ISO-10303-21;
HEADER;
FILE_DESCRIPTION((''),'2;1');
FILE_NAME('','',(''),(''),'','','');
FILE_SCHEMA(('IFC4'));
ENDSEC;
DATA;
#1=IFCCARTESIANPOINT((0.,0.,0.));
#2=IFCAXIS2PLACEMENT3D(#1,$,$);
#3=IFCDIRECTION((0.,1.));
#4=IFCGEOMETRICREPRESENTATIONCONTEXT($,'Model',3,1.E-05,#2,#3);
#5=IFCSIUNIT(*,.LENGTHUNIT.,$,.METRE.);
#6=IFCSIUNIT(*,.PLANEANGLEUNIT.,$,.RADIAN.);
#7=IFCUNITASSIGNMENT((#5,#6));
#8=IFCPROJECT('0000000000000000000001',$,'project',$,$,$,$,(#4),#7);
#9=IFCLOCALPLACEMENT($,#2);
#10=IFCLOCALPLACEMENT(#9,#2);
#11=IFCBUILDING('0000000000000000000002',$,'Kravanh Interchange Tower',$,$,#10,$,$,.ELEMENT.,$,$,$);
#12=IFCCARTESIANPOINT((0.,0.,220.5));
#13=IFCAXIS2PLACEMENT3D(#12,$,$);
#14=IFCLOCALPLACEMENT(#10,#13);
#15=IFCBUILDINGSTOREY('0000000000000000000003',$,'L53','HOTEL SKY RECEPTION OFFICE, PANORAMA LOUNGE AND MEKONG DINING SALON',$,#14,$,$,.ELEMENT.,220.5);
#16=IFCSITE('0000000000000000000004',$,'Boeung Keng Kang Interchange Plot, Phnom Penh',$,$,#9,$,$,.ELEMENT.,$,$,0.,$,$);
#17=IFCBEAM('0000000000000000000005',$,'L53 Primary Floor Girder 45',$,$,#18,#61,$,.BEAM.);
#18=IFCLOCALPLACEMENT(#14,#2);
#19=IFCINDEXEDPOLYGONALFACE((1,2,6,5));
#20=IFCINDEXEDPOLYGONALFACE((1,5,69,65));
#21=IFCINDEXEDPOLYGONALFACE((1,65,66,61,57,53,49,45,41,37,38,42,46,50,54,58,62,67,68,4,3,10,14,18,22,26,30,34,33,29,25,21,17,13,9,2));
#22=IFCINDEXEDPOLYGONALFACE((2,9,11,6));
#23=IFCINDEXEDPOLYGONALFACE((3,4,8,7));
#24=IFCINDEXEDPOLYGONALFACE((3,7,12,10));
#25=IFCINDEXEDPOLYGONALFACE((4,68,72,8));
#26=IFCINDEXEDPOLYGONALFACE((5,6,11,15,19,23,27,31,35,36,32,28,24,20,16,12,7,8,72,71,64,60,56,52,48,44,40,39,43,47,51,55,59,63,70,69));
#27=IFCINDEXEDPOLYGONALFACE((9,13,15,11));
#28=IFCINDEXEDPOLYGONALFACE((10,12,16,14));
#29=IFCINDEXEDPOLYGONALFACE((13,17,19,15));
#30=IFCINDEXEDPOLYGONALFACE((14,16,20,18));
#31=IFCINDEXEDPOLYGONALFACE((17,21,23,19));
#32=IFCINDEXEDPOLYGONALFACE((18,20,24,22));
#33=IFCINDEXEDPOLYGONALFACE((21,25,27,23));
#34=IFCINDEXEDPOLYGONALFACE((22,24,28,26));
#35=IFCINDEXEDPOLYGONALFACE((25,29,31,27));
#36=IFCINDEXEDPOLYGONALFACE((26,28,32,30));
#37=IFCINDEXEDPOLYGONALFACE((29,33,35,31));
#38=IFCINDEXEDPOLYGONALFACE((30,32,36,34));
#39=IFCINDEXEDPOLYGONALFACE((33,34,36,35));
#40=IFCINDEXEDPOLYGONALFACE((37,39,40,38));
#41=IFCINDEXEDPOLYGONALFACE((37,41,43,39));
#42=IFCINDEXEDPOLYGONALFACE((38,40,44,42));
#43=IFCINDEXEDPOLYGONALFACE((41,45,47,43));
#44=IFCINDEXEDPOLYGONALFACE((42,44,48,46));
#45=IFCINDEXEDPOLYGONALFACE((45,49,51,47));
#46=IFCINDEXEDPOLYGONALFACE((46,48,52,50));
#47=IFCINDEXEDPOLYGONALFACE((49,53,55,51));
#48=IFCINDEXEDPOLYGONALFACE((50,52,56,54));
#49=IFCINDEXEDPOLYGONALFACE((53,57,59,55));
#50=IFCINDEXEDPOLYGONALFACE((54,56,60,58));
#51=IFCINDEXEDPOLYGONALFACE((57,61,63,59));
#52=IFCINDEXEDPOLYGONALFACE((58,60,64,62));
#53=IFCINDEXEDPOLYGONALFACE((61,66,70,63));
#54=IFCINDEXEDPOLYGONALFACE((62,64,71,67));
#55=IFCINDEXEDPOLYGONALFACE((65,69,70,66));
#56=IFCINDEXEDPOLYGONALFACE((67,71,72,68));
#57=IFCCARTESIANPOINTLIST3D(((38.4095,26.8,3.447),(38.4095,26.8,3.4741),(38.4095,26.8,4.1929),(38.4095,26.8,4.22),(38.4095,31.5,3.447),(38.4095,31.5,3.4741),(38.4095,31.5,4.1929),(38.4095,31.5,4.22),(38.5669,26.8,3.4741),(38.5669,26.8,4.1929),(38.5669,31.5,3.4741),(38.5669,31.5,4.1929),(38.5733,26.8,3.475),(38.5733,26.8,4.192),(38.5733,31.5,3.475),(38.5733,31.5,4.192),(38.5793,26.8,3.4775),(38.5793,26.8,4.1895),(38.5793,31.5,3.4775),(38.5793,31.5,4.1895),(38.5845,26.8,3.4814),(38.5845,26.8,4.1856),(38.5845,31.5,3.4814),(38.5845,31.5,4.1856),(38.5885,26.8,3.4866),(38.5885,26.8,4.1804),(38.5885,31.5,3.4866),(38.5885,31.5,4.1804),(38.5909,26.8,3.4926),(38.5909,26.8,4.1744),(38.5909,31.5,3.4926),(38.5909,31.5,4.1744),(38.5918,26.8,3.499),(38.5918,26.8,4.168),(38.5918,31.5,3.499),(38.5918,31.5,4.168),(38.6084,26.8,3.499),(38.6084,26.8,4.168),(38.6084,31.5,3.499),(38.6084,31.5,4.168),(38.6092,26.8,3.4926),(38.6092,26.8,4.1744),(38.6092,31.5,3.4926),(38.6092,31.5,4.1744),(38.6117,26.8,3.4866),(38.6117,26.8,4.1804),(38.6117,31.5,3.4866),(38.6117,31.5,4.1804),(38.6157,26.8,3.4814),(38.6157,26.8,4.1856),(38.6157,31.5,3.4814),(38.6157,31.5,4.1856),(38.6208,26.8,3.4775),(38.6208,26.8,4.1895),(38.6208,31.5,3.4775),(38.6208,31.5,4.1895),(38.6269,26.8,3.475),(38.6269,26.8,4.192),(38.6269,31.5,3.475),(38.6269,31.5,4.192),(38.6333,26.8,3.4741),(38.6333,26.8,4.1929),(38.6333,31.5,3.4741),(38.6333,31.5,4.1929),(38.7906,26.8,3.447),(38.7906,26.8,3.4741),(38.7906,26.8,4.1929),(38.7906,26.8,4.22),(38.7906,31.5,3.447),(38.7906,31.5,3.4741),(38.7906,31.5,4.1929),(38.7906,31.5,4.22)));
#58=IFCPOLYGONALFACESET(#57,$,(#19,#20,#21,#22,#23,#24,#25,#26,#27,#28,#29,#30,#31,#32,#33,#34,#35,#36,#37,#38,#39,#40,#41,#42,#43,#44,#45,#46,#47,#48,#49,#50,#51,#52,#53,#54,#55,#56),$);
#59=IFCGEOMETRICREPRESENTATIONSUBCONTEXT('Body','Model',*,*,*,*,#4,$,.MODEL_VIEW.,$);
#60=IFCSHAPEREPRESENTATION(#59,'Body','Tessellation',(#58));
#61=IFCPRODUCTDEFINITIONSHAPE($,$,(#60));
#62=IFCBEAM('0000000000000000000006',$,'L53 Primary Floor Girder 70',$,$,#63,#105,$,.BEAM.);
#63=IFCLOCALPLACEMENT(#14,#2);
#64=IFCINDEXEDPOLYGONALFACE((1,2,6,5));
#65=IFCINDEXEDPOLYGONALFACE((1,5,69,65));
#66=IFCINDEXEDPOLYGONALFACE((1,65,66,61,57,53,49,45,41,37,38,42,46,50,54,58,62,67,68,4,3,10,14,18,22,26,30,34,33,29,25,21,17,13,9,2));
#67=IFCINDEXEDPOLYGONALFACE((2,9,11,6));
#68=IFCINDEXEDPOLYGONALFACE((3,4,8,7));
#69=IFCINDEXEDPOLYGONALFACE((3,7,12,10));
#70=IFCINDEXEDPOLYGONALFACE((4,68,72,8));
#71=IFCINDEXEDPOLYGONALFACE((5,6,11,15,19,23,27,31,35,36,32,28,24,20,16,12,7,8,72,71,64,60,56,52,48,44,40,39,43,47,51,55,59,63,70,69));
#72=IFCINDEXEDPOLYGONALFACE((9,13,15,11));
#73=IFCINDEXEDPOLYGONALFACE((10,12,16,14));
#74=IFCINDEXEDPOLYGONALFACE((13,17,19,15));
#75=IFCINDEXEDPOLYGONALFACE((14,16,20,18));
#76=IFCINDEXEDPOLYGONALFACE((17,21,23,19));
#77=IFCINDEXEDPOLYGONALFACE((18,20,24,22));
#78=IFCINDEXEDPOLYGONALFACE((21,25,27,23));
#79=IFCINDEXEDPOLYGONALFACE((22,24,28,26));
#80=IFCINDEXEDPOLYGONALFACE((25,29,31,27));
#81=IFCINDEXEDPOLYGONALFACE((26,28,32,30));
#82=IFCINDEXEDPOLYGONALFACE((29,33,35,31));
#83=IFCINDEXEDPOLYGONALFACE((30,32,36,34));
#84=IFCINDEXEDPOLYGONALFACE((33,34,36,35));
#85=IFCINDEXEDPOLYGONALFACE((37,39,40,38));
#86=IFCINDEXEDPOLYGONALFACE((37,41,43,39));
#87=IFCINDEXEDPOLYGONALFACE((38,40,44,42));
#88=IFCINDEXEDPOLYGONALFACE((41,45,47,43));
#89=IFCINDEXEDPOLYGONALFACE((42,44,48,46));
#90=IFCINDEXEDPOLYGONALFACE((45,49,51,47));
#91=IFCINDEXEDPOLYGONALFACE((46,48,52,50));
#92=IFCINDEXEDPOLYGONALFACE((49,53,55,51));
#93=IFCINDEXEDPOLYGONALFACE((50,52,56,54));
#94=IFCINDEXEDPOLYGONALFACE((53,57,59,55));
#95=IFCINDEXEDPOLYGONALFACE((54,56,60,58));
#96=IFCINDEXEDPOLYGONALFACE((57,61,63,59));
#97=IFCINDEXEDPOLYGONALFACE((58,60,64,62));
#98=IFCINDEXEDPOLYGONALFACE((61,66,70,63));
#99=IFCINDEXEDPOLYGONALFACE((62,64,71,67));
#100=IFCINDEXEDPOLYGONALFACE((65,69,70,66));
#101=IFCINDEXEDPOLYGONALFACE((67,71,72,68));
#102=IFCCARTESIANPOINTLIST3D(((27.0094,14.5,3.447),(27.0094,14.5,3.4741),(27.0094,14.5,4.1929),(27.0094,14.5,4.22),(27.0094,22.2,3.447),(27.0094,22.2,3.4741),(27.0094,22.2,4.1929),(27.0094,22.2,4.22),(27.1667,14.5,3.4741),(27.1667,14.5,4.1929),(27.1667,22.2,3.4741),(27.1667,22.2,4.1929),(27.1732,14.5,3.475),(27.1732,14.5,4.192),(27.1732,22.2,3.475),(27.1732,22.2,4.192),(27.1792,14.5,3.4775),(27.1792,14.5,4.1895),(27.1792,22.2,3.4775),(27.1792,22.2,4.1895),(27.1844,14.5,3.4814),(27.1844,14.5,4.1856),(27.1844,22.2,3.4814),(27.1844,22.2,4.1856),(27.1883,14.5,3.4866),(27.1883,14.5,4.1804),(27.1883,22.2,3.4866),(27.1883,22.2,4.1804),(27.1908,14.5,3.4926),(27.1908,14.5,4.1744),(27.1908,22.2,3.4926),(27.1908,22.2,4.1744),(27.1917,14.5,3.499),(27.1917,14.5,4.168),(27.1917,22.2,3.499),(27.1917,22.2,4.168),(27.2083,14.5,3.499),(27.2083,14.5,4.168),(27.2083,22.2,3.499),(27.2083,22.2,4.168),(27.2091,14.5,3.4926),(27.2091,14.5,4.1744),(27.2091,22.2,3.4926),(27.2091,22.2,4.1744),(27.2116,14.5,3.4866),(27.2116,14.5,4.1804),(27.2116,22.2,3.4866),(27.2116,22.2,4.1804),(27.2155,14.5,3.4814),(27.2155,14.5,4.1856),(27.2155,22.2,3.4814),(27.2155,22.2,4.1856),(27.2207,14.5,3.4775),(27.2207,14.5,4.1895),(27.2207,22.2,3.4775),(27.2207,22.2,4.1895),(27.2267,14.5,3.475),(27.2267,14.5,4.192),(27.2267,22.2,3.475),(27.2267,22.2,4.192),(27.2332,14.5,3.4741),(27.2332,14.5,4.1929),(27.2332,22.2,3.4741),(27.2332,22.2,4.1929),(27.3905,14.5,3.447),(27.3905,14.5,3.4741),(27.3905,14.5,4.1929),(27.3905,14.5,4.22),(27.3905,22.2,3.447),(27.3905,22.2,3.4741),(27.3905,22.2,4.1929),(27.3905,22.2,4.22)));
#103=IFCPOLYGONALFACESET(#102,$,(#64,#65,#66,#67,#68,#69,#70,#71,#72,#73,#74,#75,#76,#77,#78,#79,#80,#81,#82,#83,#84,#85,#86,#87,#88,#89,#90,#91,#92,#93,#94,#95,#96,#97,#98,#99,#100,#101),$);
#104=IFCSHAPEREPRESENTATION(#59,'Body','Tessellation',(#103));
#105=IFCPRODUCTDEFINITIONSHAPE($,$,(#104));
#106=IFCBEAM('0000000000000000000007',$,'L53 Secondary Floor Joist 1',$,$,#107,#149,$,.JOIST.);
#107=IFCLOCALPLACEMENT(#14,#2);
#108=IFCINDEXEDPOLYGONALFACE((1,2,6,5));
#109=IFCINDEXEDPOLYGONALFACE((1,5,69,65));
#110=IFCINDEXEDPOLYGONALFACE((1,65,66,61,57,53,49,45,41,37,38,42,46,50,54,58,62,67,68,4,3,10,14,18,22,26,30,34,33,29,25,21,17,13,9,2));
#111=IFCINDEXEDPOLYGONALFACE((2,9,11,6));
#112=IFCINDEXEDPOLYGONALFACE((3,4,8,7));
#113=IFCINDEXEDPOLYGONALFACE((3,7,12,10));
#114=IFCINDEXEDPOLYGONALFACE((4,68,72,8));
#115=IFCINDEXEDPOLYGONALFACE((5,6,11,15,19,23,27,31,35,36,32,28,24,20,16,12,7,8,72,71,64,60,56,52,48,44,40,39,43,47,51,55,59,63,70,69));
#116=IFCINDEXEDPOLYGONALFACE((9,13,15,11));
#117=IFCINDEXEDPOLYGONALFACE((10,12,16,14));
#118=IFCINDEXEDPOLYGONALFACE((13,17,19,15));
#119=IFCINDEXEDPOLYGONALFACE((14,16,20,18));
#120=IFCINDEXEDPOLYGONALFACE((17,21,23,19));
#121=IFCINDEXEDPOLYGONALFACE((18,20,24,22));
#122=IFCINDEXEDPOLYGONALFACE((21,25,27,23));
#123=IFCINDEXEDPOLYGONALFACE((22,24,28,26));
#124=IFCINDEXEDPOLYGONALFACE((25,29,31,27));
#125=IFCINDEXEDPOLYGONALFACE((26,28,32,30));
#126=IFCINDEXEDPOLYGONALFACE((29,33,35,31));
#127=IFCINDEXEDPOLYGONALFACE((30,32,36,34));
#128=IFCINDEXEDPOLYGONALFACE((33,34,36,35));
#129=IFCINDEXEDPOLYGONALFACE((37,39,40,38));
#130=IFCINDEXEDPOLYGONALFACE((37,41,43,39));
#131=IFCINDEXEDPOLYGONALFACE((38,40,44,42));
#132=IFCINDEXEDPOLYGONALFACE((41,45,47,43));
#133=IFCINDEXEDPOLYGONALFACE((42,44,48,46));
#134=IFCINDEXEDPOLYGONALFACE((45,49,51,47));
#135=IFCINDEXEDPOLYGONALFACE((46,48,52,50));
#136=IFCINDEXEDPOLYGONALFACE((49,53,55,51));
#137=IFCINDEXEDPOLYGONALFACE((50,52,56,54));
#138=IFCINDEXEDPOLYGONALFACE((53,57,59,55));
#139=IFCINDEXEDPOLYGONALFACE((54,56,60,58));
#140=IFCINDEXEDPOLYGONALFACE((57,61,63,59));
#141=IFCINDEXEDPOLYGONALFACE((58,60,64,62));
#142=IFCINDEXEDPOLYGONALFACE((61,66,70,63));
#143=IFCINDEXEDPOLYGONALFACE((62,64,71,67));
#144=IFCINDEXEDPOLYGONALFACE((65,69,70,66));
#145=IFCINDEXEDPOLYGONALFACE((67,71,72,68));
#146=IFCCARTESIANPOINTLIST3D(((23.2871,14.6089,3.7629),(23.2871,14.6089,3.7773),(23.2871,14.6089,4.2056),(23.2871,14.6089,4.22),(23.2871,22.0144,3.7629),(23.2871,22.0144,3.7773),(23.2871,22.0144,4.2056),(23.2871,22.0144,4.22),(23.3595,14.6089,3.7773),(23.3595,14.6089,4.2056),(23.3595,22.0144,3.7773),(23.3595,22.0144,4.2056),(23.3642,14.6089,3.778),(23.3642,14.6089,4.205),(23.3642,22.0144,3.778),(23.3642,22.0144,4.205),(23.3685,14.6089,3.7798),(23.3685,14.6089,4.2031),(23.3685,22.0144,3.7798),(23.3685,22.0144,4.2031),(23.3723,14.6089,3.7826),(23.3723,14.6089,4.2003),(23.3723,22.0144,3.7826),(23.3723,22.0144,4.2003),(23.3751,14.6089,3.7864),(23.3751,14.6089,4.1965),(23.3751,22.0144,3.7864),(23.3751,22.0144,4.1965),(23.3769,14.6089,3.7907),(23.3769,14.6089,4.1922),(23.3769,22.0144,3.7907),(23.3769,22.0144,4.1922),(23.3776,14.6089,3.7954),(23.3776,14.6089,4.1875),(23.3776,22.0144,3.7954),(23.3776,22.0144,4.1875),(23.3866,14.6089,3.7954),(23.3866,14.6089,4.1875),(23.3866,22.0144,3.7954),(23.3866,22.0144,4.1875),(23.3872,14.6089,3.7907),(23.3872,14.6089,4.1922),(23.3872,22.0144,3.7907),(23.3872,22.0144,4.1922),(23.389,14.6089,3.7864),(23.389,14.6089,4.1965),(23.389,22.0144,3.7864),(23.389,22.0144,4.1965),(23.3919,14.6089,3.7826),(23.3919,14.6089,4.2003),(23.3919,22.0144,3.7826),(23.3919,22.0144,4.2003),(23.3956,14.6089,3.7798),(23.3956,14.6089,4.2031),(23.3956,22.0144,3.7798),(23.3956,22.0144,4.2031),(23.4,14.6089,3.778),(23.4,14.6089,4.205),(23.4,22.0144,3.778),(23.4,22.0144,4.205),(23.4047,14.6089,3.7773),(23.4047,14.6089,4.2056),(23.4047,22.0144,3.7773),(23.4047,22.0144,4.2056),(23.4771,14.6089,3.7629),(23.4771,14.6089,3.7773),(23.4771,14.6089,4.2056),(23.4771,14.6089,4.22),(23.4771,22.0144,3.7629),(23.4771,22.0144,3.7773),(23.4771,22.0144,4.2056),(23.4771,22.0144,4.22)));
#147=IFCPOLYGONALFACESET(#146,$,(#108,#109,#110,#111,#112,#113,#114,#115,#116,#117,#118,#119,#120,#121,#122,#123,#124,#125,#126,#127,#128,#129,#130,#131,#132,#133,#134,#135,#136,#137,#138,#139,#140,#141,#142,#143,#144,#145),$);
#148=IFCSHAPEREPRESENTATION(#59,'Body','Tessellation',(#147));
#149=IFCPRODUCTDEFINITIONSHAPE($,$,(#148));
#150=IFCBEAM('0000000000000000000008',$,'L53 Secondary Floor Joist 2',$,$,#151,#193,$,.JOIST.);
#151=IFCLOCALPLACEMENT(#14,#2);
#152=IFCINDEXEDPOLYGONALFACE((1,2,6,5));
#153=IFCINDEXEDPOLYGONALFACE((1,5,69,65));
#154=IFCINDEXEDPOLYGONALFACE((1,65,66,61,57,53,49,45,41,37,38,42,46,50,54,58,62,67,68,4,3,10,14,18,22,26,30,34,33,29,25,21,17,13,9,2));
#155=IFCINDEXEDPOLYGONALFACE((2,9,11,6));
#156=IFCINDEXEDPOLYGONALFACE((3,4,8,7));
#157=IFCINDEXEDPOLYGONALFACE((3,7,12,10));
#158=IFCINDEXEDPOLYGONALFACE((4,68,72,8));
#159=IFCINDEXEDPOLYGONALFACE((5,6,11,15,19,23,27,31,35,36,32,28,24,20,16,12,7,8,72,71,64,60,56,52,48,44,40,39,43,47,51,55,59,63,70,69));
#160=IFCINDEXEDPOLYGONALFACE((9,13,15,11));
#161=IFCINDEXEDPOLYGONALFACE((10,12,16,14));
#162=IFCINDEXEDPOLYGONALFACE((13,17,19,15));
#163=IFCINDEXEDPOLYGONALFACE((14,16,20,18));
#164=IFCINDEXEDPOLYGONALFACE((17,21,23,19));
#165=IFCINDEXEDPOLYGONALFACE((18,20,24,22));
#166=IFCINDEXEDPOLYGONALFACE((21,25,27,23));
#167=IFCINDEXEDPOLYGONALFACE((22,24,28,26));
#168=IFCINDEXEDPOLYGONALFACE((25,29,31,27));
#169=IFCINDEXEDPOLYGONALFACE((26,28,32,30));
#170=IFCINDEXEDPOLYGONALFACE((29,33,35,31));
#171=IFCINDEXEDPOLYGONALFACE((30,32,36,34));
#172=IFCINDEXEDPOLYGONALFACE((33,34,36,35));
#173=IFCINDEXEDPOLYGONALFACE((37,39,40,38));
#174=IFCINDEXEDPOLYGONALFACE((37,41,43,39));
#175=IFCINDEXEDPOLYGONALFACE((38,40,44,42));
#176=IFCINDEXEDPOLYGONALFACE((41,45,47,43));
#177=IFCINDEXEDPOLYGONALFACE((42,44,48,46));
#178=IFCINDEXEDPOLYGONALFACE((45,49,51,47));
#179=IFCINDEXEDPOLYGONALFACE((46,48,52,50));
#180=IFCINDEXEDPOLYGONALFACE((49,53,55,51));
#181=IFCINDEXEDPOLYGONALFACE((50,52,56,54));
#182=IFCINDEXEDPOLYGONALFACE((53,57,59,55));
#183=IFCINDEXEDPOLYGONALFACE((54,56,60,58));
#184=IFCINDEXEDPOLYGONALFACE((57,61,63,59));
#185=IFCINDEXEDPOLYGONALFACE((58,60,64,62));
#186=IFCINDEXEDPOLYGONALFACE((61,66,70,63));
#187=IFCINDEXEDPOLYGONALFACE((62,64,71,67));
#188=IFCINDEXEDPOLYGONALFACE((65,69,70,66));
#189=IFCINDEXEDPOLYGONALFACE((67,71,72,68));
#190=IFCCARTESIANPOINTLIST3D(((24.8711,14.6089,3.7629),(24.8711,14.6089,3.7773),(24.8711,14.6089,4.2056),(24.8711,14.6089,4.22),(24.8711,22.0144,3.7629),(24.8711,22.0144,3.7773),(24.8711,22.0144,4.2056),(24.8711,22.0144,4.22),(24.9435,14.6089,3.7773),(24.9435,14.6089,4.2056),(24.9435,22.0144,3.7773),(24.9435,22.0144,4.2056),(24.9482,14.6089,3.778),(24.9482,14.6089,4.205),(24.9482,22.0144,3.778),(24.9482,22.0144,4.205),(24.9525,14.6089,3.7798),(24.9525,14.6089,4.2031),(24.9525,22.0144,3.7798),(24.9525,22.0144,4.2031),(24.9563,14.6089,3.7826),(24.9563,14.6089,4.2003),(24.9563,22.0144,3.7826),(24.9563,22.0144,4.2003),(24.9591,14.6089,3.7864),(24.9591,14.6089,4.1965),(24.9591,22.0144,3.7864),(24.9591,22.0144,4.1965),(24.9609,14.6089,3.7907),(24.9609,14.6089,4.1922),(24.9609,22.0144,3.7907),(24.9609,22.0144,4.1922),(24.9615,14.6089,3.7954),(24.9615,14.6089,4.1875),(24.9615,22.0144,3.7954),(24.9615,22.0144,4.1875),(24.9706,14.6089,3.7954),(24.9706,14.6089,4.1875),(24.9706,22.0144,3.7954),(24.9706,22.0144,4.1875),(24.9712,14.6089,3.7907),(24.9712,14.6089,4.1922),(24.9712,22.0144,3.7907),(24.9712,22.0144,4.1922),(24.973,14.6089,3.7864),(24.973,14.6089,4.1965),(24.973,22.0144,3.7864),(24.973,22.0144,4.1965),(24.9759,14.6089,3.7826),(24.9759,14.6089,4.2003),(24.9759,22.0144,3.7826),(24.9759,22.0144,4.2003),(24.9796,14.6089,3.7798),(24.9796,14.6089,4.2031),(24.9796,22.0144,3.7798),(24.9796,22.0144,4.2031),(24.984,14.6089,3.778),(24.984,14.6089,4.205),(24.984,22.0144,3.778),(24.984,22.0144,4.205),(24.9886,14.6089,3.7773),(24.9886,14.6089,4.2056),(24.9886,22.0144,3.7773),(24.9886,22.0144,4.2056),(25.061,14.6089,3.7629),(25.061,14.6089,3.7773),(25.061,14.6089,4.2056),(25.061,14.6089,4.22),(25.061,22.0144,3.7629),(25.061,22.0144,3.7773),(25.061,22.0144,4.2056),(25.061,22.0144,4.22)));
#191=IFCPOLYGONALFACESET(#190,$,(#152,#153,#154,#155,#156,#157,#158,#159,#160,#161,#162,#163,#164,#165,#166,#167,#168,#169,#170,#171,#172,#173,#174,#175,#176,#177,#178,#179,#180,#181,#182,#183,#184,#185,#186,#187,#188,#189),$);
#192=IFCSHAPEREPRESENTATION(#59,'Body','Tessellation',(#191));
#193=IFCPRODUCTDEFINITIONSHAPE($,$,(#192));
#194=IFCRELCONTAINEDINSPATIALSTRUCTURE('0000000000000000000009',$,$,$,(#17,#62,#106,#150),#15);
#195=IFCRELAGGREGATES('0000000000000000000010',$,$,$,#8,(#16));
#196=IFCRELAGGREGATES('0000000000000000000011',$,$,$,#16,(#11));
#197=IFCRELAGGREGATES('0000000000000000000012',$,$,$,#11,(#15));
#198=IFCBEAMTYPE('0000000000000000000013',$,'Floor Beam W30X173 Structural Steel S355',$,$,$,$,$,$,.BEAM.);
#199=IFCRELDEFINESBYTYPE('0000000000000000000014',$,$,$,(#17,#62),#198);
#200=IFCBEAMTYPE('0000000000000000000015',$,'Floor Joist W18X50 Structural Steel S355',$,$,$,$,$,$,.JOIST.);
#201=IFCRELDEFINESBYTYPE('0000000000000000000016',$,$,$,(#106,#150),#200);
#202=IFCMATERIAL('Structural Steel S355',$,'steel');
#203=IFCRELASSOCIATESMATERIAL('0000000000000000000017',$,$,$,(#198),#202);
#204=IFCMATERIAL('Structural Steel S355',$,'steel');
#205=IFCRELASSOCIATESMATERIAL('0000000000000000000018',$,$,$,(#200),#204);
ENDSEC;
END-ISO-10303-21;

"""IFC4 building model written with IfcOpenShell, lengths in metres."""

from ifc_helpers import new_model, si_unit, direction, frame, origin, origin_2d, place, context, subcontext, project, spatial, i_section, extrude, material, material_profile, profile_set, type_object, element, save


model = new_model("IFC4")

# Units and contexts
model_context = context("Model", 3, precision=1e-05, world=origin(), true_north=direction((0.0, 1.0)))
body_context = subcontext(model_context, "Body", "Model", "MODEL_VIEW")
ifc_project = project(units=[si_unit("LENGTHUNIT", "METRE"), si_unit("PLANEANGLEUNIT", "RADIAN")], contexts=[model_context])

# Site, building, storey
site_placement = place(None, origin())
site = spatial("IfcSite", under=ifc_project, at=site_placement, Name="Boeung Keng Kang Interchange Plot, Phnom Penh", CompositionType="ELEMENT", RefElevation=0.0)
building_placement = place(site_placement, origin())
building = spatial("IfcBuilding", under=site, at=building_placement, Name="Kravanh Interchange Tower", CompositionType="ELEMENT")
storey_placement = place(building_placement, frame((0.0, 0.0, 220.5)))
storey = spatial("IfcBuildingStorey", under=building, at=storey_placement, Name="L53", Description="HOTEL SKY RECEPTION OFFICE, PANORAMA LOUNGE AND MEKONG DINING SALON", CompositionType="ELEMENT", Elevation=220.5)

# Beams
ifc_material_1 = material(Name="Structural Steel S355", Category="steel")
ifc_material_profile_1 = material_profile(ifc_material_1, i_section(OverallWidth=0.3811, OverallDepth=0.7729, WebThickness=0.0166, FlangeThickness=0.0271, FilletRadius=0.0249, at=origin_2d()), Name="W30X173")
ifc_profile_set_1 = profile_set([ifc_material_profile_1], Name="Structural Steel S355")
beam_type_1 = type_object("IfcBeamType", Name="Floor Beam W30X173 Structural Steel S355", PredefinedType="BEAM", material=ifc_profile_set_1)
beam_1_placement = place(storey_placement, frame((38.6001, 26.8, 3.8335), z_axis=(0.0, 1.0, 0.0), x_axis=(-1.0, 0.0, 0.0)))
element("IfcBeam", 1, at=beam_1_placement, inside=storey, type_object=beam_type_1, Name="L53 Primary Floor Girder 45", PredefinedType="BEAM", context=body_context, shape_type="SweptSolid", body=[
    extrude(i_section(OverallWidth=0.3811, OverallDepth=0.7729, WebThickness=0.0166, FlangeThickness=0.0271, FilletRadius=0.0249, at=origin_2d()), origin(), (0.0, 0.0, 1.0), 4.7),
])
beam_2_placement = place(storey_placement, frame((27.2, 14.5, 3.8335), z_axis=(0.0, 1.0, 0.0), x_axis=(-1.0, 0.0, 0.0)))
element("IfcBeam", 2, at=beam_2_placement, inside=storey, type_object=beam_type_1, Name="L53 Primary Floor Girder 70", PredefinedType="BEAM", context=body_context, shape_type="SweptSolid", body=[
    extrude(i_section(OverallWidth=0.3811, OverallDepth=0.7729, WebThickness=0.0166, FlangeThickness=0.0271, FilletRadius=0.0249, at=origin_2d()), origin(), (0.0, 0.0, 1.0), 7.7),
])
ifc_material_2 = material(Name="Structural Steel S355", Category="steel")
ifc_material_profile_2 = material_profile(ifc_material_2, i_section(OverallWidth=0.1899, OverallDepth=0.457, WebThickness=0.009, FlangeThickness=0.0144, FilletRadius=0.0181, at=origin_2d()), Name="W18X50")
ifc_profile_set_2 = profile_set([ifc_material_profile_2], Name="Structural Steel S355")
beam_type_2 = type_object("IfcBeamType", Name="Floor Joist W18X50 Structural Steel S355", PredefinedType="JOIST", material=ifc_profile_set_2)
for number, where, z_axis, x_axis, name in (
    (3, (23.3821, 14.6089, 3.9915), (0.0, 1.0, 0.0), (-1.0, 0.0, 0.0), "L53 Secondary Floor Joist 1"),
    (4, (24.9661, 14.6089, 3.9915), (0.0, 1.0, 0.0), (-1.0, 0.0, 0.0), "L53 Secondary Floor Joist 2"),
):
    element("IfcBeam", number, at=place(storey_placement, frame(where, z_axis=z_axis, x_axis=x_axis)), inside=storey, type_object=beam_type_2, Name=name, PredefinedType="JOIST", context=body_context, shape_type="SweptSolid", body=[
        extrude(i_section(OverallWidth=0.1899, OverallDepth=0.457, WebThickness=0.009, FlangeThickness=0.0144, FilletRadius=0.0181, at=origin_2d()), origin(), (0.0, 0.0, 1.0), 7.4055),
    ])

save(model, "model.ifc")
